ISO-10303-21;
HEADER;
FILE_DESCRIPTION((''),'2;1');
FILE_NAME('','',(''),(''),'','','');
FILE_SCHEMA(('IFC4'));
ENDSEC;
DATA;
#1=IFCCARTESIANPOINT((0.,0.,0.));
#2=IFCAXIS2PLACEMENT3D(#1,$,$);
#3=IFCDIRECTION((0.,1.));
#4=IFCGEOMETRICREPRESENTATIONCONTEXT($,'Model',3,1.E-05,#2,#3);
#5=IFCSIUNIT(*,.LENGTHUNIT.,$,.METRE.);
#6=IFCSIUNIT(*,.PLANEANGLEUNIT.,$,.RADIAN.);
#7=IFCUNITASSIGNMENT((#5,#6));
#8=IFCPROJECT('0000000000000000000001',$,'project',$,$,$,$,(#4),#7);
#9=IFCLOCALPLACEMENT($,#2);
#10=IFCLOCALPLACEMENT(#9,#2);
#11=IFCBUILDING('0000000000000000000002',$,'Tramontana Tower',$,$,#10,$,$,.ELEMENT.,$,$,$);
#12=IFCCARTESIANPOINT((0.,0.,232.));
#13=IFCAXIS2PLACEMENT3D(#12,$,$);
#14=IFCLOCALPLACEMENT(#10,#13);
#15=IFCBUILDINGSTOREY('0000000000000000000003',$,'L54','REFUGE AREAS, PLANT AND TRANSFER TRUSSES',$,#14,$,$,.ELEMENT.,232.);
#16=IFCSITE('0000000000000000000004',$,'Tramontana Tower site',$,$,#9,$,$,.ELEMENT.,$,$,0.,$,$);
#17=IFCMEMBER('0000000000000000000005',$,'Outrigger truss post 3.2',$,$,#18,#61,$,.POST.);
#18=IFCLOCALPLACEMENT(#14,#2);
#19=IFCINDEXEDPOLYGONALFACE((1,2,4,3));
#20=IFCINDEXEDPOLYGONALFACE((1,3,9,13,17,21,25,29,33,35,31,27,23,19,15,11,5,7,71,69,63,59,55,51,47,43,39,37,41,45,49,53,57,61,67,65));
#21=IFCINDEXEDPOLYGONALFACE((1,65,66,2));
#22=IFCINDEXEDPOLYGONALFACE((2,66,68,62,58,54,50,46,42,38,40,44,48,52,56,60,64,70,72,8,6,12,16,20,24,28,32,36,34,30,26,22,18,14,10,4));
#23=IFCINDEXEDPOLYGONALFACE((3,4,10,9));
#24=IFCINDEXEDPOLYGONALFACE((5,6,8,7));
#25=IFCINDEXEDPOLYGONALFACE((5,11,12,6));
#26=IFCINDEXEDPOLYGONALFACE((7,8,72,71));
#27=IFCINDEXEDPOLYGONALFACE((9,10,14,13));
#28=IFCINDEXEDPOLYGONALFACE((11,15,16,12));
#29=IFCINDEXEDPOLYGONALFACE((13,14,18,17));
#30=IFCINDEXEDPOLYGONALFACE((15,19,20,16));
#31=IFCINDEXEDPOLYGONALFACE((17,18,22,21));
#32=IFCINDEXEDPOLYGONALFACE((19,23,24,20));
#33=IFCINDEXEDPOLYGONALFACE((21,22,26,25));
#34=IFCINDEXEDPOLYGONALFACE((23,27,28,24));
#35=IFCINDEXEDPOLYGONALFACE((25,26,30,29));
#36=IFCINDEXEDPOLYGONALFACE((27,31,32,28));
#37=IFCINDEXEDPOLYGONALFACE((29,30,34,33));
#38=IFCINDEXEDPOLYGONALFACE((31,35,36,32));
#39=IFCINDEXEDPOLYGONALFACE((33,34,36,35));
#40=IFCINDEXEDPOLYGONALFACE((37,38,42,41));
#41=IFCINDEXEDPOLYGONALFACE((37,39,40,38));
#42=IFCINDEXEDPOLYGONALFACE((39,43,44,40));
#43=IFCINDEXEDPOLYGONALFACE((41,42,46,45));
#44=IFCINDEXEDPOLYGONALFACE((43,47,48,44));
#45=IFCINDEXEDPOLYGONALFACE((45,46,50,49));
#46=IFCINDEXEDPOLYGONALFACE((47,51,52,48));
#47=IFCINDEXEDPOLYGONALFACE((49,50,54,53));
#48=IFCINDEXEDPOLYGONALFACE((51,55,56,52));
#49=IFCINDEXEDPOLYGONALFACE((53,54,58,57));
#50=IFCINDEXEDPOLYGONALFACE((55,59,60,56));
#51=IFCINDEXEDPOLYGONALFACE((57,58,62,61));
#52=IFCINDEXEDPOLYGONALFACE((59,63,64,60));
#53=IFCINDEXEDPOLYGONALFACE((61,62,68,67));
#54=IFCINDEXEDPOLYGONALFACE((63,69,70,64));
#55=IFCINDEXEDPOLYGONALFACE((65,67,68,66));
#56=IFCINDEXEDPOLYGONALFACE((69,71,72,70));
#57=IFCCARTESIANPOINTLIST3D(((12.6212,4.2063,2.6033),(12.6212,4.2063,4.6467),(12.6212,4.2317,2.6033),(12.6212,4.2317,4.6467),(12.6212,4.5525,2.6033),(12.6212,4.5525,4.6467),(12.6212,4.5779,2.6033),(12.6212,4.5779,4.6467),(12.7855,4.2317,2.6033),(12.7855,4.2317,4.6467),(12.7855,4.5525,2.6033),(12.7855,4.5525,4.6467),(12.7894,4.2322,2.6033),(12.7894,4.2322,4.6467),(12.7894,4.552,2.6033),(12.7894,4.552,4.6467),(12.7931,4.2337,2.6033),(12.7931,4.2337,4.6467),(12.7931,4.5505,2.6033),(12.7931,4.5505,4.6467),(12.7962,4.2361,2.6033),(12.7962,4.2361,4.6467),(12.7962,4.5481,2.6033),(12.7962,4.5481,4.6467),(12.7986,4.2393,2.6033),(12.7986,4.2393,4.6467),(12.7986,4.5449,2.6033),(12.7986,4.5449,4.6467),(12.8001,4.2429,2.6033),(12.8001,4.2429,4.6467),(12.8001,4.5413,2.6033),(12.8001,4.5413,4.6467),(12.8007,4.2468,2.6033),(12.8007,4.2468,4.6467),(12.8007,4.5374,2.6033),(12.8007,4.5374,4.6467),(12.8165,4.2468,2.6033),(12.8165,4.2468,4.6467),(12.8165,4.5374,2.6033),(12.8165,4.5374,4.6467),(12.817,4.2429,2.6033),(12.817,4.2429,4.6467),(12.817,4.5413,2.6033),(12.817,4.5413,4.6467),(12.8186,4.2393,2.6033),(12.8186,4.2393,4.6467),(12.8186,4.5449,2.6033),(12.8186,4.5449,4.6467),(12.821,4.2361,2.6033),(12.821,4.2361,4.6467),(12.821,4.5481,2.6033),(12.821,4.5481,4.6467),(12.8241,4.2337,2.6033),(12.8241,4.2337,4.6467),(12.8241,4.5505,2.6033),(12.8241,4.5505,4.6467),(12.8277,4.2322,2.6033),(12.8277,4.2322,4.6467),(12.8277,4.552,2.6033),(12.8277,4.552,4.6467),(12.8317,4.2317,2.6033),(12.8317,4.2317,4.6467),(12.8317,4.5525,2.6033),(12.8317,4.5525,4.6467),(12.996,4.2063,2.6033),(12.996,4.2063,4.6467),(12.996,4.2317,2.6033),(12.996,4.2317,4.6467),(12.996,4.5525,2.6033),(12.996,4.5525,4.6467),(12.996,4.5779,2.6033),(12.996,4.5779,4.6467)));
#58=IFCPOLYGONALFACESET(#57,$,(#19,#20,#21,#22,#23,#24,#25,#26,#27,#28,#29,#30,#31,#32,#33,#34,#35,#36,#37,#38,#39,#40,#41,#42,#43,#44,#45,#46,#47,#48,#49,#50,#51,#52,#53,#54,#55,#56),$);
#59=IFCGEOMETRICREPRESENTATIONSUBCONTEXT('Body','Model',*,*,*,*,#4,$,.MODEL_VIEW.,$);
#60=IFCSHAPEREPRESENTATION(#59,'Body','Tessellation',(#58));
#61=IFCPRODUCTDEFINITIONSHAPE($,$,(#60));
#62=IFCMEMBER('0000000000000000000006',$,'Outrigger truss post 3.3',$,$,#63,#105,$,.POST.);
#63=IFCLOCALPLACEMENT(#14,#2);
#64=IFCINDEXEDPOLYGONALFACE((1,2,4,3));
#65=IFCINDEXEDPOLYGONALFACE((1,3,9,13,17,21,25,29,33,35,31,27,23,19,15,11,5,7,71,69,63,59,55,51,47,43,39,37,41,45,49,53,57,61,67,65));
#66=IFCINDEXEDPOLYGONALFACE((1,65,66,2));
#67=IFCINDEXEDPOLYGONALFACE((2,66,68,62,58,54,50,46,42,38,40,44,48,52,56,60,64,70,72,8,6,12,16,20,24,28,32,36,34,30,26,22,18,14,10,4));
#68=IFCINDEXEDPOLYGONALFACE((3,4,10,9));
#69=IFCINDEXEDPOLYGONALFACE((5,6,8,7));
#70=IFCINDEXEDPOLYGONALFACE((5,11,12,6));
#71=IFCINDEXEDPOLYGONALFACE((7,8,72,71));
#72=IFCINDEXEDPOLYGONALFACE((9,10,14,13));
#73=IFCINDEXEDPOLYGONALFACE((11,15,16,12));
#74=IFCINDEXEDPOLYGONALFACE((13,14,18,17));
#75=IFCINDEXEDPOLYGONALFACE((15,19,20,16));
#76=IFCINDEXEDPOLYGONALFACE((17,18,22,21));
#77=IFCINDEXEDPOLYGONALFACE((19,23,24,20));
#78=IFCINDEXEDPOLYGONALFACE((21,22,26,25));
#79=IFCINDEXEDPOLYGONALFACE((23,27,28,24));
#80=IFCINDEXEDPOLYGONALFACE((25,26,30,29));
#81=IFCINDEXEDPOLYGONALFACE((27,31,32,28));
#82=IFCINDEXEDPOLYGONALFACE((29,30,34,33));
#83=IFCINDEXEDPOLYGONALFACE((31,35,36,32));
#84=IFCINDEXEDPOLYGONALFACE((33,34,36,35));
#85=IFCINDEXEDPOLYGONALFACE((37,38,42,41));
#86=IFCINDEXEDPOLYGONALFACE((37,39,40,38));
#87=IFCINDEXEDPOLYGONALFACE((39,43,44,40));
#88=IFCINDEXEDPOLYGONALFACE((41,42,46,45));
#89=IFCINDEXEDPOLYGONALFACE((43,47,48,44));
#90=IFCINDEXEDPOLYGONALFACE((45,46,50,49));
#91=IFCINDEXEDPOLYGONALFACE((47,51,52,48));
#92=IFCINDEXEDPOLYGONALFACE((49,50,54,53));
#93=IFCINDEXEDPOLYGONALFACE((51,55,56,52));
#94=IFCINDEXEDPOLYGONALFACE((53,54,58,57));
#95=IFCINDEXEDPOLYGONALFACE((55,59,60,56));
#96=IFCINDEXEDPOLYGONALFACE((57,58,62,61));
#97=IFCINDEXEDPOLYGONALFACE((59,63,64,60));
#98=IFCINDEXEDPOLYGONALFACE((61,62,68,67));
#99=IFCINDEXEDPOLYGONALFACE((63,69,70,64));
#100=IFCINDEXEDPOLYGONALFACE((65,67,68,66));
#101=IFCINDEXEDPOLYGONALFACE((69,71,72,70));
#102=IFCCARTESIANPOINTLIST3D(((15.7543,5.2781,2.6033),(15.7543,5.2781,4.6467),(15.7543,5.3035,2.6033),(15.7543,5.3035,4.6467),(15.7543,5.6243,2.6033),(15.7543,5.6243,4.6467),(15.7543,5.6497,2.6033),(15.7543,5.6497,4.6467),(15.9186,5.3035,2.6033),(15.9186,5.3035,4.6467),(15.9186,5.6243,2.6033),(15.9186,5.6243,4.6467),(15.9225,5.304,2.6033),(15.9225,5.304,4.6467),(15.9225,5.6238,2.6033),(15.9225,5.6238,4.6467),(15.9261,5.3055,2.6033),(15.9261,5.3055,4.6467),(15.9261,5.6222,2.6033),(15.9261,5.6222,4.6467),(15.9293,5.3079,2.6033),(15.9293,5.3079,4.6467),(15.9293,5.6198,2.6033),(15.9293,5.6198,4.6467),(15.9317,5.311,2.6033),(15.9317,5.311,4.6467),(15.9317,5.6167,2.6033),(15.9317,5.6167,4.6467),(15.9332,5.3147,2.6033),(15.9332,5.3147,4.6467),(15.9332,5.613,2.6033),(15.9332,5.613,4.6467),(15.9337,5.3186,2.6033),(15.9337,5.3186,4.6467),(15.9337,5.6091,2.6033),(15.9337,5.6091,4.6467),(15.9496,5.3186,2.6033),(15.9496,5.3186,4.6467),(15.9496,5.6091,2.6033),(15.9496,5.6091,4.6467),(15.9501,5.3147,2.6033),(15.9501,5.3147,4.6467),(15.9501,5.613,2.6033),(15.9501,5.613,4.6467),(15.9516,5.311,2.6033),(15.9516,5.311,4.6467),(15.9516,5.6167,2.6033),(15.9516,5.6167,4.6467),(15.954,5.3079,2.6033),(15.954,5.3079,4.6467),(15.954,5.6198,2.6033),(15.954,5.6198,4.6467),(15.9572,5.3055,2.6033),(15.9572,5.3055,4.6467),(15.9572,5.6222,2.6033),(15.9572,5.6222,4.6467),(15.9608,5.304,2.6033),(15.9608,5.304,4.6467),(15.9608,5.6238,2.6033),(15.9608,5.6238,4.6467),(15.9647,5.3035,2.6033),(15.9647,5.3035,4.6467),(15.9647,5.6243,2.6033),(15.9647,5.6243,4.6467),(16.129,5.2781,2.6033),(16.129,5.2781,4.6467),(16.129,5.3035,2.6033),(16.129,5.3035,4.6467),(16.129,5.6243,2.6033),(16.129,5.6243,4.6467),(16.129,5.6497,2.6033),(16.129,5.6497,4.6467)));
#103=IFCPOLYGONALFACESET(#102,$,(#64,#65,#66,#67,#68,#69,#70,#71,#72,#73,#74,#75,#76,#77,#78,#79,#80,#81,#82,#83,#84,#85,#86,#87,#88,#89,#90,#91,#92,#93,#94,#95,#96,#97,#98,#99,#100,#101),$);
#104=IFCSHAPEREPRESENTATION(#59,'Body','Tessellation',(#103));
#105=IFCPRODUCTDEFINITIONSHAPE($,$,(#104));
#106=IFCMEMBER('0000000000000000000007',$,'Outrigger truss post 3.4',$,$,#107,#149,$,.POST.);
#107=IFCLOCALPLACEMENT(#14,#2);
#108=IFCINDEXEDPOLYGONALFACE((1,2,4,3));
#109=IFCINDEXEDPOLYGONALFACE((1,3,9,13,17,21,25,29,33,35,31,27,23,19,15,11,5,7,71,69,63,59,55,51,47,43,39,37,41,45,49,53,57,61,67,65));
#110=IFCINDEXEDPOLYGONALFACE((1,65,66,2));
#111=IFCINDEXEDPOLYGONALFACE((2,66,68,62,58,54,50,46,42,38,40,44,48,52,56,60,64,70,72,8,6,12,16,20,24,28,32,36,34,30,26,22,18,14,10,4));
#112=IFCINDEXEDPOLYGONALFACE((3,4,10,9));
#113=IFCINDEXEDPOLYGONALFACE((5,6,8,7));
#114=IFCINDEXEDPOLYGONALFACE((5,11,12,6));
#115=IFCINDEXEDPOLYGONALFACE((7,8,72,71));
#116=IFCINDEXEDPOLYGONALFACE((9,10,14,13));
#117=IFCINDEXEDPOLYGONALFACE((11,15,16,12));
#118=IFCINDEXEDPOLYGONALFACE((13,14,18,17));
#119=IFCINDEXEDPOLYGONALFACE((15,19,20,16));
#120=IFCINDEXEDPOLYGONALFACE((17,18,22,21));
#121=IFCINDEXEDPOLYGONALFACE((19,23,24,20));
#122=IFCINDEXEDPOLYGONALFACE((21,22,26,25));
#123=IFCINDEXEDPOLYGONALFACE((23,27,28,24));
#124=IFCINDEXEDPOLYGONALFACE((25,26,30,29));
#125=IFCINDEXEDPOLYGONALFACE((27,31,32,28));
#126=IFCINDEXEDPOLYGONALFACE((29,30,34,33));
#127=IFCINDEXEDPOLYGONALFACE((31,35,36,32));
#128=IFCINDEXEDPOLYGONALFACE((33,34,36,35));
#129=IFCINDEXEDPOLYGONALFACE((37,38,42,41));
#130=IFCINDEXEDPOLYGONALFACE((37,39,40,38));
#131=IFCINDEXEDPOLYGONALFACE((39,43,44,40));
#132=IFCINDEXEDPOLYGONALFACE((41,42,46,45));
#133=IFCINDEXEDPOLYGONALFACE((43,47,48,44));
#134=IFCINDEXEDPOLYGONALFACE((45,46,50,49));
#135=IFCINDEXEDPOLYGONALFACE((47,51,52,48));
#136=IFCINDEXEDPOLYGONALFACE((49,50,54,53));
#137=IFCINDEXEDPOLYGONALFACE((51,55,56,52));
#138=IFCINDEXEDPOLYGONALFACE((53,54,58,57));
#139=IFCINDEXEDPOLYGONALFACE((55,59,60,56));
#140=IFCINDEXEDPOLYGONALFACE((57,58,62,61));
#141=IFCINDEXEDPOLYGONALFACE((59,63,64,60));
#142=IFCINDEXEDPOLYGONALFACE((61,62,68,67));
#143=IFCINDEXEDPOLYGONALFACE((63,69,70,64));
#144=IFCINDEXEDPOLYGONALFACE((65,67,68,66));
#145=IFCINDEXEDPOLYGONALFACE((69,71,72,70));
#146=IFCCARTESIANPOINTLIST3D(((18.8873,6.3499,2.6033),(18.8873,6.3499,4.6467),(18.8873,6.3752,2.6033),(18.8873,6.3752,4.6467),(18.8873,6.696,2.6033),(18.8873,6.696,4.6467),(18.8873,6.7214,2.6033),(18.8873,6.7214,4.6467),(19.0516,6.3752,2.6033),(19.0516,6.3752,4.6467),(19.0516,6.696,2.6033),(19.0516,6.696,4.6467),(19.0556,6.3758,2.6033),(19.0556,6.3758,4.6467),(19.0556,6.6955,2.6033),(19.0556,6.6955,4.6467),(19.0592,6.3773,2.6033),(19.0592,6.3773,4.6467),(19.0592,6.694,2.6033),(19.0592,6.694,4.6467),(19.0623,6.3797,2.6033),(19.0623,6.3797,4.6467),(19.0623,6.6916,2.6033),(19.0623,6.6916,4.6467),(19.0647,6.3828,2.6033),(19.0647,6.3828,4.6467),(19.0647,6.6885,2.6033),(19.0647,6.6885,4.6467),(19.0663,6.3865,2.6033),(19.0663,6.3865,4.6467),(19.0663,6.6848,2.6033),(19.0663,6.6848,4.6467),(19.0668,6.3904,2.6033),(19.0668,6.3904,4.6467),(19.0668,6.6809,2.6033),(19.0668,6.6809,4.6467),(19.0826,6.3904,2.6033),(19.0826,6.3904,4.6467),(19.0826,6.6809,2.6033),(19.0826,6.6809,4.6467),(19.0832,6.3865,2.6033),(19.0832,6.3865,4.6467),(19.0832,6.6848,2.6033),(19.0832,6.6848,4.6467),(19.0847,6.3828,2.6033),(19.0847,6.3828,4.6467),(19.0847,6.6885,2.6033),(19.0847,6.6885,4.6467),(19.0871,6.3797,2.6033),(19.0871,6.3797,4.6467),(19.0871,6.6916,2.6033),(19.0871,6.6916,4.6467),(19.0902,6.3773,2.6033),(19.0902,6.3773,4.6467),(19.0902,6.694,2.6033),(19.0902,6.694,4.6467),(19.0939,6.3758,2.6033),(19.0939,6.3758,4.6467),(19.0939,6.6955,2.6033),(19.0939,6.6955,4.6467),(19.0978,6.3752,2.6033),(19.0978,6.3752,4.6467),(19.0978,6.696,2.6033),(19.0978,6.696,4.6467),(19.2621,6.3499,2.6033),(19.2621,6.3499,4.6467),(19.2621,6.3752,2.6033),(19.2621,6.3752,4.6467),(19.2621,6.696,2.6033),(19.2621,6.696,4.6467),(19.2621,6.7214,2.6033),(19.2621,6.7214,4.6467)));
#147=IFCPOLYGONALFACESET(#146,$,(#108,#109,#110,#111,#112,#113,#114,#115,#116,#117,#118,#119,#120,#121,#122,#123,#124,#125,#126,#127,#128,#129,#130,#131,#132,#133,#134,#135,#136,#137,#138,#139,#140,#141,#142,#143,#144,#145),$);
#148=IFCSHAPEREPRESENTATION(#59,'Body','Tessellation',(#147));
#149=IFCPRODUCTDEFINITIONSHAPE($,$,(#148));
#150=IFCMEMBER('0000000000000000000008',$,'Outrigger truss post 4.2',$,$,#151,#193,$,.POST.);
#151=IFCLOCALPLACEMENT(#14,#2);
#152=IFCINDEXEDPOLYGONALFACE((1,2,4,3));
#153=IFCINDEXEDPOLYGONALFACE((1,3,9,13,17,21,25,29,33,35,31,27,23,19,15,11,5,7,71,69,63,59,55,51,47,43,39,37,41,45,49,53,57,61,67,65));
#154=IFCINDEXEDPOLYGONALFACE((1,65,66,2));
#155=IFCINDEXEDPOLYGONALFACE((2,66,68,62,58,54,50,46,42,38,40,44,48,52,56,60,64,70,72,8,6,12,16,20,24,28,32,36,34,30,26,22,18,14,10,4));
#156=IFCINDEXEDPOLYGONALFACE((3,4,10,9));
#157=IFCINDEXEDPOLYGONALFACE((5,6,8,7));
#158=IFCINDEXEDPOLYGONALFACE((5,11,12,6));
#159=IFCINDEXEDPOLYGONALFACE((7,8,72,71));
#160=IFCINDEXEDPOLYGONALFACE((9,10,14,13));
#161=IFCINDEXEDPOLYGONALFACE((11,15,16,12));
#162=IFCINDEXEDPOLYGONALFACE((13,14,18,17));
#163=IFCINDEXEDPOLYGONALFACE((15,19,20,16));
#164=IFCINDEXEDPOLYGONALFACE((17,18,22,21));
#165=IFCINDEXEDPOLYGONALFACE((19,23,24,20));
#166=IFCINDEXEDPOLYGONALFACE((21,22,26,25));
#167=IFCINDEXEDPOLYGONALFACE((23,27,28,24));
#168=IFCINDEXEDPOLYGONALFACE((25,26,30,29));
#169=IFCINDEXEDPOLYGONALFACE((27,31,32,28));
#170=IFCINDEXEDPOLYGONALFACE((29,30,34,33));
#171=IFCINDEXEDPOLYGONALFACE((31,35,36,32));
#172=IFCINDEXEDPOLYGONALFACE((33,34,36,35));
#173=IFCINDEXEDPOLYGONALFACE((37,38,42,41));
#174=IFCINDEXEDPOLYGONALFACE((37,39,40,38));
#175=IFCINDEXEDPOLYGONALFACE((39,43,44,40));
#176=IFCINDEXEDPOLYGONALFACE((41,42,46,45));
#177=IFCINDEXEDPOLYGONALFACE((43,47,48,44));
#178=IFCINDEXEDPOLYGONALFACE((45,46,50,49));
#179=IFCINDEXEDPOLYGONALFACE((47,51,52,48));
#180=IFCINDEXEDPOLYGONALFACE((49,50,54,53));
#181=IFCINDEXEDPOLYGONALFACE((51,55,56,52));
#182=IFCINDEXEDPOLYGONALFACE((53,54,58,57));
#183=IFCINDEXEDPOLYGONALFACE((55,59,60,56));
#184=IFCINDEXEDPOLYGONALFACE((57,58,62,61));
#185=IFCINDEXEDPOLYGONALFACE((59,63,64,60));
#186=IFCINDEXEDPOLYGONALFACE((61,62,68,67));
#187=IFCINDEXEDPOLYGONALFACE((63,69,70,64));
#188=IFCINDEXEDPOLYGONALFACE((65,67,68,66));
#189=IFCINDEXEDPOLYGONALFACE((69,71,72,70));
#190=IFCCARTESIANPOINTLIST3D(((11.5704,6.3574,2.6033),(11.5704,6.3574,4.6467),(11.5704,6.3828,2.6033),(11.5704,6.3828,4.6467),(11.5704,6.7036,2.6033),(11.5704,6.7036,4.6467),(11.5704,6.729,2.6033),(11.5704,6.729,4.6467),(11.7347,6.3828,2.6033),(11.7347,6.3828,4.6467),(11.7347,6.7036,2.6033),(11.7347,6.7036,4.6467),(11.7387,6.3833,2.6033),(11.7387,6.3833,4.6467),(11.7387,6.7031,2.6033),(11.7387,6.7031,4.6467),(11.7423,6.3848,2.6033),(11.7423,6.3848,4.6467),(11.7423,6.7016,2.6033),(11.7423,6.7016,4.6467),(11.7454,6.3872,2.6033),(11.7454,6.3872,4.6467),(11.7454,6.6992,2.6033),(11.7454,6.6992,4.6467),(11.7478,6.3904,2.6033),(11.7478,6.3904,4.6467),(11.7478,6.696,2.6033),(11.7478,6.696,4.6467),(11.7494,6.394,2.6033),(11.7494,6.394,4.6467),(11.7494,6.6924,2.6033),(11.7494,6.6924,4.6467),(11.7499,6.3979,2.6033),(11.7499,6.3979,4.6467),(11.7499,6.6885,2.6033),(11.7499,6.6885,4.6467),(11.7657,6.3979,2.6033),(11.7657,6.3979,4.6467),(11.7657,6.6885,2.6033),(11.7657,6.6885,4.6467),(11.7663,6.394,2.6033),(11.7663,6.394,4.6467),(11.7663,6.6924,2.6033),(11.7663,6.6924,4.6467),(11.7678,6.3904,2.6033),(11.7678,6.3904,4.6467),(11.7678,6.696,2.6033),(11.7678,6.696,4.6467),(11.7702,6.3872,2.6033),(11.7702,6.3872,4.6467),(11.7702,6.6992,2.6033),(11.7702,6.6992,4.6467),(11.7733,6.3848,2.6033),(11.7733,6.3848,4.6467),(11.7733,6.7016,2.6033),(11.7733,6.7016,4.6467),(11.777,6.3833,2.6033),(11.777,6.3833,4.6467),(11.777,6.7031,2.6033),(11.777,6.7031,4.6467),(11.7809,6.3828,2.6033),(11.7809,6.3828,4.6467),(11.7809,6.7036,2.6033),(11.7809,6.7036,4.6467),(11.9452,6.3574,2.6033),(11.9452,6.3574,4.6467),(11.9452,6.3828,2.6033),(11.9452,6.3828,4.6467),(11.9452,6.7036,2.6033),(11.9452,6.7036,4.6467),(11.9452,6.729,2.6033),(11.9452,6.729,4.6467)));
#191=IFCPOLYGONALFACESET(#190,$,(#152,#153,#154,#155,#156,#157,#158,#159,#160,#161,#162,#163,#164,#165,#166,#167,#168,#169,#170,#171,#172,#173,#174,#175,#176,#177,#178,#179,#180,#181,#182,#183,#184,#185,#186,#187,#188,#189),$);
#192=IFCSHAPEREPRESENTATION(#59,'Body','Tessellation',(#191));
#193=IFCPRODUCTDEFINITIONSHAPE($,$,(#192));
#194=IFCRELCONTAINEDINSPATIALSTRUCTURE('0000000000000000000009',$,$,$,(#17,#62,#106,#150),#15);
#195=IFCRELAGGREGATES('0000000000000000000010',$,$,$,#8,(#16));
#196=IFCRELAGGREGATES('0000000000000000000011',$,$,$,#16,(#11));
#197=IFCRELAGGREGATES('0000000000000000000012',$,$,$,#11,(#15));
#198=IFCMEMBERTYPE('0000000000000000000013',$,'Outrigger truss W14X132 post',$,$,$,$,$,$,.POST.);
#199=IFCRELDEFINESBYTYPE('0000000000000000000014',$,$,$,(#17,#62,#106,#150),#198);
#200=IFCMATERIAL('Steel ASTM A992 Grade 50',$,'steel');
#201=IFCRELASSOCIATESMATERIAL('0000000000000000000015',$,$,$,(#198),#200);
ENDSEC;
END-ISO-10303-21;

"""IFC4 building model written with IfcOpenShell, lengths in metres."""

from ifc_helpers import new_model, si_unit, direction, frame, origin, origin_2d, place, context, subcontext, project, spatial, i_section, extrude, material, material_profile, profile_set, type_object, element, save


model = new_model("IFC4")

# Units and contexts
model_context = context("Model", 3, precision=1e-05, world=origin(), true_north=direction((0.0, 1.0)))
body_context = subcontext(model_context, "Body", "Model", "MODEL_VIEW")
ifc_project = project(units=[si_unit("LENGTHUNIT", "METRE"), si_unit("PLANEANGLEUNIT", "RADIAN")], contexts=[model_context])

# Site, building, storey
site_placement = place(None, origin())
site = spatial("IfcSite", under=ifc_project, at=site_placement, Name="Tramontana Tower site", CompositionType="ELEMENT", RefElevation=0.0)
building_placement = place(site_placement, origin())
building = spatial("IfcBuilding", under=site, at=building_placement, Name="Tramontana Tower", CompositionType="ELEMENT")
storey_placement = place(building_placement, frame((0.0, 0.0, 232.0)))
storey = spatial("IfcBuildingStorey", under=building, at=storey_placement, Name="L54", Description="REFUGE AREAS, PLANT AND TRANSFER TRUSSES", CompositionType="ELEMENT", Elevation=232.0)

# Members
ifc_material_1 = material(Name="Steel ASTM A992 Grade 50", Category="steel")
ifc_material_profile_1 = material_profile(ifc_material_1, i_section(OverallWidth=0.3748, OverallDepth=0.3716, WebThickness=0.0159, FlangeThickness=0.0254, FilletRadius=0.0151, at=origin_2d()), Name="W14X132")
ifc_profile_set_1 = profile_set([ifc_material_profile_1], Name="Steel ASTM A992 Grade 50")
member_type_1 = type_object("IfcMemberType", Name="Outrigger truss W14X132 post", PredefinedType="POST", material=ifc_profile_set_1)
for number, where, z_axis, x_axis, name in (
    (1, (12.8086, 4.3921, 2.6033), (0.0, 0.0, 1.0), (1.0, 0.0, 0.0), "Outrigger truss post 3.2"),
    (2, (15.9417, 5.4639, 2.6033), (0.0, 0.0, 1.0), (1.0, 0.0, 0.0), "Outrigger truss post 3.3"),
    (3, (19.0747, 6.5356, 2.6033), (0.0, 0.0, 1.0), (1.0, 0.0, 0.0), "Outrigger truss post 3.4"),
    (4, (11.7578, 6.5432, 2.6033), (0.0, 0.0, 1.0), (1.0, 0.0, 0.0), "Outrigger truss post 4.2"),
):
    element("IfcMember", number, at=place(storey_placement, frame(where, z_axis=z_axis, x_axis=x_axis)), inside=storey, type_object=member_type_1, Name=name, PredefinedType="POST", context=body_context, shape_type="SweptSolid", body=[
        extrude(i_section(OverallWidth=0.3748, OverallDepth=0.3716, WebThickness=0.0159, FlangeThickness=0.0254, FilletRadius=0.0151, at=origin_2d()), origin(), (0.0, 0.0, 1.0), 2.0435),
    ])

save(model, "model.ifc")
